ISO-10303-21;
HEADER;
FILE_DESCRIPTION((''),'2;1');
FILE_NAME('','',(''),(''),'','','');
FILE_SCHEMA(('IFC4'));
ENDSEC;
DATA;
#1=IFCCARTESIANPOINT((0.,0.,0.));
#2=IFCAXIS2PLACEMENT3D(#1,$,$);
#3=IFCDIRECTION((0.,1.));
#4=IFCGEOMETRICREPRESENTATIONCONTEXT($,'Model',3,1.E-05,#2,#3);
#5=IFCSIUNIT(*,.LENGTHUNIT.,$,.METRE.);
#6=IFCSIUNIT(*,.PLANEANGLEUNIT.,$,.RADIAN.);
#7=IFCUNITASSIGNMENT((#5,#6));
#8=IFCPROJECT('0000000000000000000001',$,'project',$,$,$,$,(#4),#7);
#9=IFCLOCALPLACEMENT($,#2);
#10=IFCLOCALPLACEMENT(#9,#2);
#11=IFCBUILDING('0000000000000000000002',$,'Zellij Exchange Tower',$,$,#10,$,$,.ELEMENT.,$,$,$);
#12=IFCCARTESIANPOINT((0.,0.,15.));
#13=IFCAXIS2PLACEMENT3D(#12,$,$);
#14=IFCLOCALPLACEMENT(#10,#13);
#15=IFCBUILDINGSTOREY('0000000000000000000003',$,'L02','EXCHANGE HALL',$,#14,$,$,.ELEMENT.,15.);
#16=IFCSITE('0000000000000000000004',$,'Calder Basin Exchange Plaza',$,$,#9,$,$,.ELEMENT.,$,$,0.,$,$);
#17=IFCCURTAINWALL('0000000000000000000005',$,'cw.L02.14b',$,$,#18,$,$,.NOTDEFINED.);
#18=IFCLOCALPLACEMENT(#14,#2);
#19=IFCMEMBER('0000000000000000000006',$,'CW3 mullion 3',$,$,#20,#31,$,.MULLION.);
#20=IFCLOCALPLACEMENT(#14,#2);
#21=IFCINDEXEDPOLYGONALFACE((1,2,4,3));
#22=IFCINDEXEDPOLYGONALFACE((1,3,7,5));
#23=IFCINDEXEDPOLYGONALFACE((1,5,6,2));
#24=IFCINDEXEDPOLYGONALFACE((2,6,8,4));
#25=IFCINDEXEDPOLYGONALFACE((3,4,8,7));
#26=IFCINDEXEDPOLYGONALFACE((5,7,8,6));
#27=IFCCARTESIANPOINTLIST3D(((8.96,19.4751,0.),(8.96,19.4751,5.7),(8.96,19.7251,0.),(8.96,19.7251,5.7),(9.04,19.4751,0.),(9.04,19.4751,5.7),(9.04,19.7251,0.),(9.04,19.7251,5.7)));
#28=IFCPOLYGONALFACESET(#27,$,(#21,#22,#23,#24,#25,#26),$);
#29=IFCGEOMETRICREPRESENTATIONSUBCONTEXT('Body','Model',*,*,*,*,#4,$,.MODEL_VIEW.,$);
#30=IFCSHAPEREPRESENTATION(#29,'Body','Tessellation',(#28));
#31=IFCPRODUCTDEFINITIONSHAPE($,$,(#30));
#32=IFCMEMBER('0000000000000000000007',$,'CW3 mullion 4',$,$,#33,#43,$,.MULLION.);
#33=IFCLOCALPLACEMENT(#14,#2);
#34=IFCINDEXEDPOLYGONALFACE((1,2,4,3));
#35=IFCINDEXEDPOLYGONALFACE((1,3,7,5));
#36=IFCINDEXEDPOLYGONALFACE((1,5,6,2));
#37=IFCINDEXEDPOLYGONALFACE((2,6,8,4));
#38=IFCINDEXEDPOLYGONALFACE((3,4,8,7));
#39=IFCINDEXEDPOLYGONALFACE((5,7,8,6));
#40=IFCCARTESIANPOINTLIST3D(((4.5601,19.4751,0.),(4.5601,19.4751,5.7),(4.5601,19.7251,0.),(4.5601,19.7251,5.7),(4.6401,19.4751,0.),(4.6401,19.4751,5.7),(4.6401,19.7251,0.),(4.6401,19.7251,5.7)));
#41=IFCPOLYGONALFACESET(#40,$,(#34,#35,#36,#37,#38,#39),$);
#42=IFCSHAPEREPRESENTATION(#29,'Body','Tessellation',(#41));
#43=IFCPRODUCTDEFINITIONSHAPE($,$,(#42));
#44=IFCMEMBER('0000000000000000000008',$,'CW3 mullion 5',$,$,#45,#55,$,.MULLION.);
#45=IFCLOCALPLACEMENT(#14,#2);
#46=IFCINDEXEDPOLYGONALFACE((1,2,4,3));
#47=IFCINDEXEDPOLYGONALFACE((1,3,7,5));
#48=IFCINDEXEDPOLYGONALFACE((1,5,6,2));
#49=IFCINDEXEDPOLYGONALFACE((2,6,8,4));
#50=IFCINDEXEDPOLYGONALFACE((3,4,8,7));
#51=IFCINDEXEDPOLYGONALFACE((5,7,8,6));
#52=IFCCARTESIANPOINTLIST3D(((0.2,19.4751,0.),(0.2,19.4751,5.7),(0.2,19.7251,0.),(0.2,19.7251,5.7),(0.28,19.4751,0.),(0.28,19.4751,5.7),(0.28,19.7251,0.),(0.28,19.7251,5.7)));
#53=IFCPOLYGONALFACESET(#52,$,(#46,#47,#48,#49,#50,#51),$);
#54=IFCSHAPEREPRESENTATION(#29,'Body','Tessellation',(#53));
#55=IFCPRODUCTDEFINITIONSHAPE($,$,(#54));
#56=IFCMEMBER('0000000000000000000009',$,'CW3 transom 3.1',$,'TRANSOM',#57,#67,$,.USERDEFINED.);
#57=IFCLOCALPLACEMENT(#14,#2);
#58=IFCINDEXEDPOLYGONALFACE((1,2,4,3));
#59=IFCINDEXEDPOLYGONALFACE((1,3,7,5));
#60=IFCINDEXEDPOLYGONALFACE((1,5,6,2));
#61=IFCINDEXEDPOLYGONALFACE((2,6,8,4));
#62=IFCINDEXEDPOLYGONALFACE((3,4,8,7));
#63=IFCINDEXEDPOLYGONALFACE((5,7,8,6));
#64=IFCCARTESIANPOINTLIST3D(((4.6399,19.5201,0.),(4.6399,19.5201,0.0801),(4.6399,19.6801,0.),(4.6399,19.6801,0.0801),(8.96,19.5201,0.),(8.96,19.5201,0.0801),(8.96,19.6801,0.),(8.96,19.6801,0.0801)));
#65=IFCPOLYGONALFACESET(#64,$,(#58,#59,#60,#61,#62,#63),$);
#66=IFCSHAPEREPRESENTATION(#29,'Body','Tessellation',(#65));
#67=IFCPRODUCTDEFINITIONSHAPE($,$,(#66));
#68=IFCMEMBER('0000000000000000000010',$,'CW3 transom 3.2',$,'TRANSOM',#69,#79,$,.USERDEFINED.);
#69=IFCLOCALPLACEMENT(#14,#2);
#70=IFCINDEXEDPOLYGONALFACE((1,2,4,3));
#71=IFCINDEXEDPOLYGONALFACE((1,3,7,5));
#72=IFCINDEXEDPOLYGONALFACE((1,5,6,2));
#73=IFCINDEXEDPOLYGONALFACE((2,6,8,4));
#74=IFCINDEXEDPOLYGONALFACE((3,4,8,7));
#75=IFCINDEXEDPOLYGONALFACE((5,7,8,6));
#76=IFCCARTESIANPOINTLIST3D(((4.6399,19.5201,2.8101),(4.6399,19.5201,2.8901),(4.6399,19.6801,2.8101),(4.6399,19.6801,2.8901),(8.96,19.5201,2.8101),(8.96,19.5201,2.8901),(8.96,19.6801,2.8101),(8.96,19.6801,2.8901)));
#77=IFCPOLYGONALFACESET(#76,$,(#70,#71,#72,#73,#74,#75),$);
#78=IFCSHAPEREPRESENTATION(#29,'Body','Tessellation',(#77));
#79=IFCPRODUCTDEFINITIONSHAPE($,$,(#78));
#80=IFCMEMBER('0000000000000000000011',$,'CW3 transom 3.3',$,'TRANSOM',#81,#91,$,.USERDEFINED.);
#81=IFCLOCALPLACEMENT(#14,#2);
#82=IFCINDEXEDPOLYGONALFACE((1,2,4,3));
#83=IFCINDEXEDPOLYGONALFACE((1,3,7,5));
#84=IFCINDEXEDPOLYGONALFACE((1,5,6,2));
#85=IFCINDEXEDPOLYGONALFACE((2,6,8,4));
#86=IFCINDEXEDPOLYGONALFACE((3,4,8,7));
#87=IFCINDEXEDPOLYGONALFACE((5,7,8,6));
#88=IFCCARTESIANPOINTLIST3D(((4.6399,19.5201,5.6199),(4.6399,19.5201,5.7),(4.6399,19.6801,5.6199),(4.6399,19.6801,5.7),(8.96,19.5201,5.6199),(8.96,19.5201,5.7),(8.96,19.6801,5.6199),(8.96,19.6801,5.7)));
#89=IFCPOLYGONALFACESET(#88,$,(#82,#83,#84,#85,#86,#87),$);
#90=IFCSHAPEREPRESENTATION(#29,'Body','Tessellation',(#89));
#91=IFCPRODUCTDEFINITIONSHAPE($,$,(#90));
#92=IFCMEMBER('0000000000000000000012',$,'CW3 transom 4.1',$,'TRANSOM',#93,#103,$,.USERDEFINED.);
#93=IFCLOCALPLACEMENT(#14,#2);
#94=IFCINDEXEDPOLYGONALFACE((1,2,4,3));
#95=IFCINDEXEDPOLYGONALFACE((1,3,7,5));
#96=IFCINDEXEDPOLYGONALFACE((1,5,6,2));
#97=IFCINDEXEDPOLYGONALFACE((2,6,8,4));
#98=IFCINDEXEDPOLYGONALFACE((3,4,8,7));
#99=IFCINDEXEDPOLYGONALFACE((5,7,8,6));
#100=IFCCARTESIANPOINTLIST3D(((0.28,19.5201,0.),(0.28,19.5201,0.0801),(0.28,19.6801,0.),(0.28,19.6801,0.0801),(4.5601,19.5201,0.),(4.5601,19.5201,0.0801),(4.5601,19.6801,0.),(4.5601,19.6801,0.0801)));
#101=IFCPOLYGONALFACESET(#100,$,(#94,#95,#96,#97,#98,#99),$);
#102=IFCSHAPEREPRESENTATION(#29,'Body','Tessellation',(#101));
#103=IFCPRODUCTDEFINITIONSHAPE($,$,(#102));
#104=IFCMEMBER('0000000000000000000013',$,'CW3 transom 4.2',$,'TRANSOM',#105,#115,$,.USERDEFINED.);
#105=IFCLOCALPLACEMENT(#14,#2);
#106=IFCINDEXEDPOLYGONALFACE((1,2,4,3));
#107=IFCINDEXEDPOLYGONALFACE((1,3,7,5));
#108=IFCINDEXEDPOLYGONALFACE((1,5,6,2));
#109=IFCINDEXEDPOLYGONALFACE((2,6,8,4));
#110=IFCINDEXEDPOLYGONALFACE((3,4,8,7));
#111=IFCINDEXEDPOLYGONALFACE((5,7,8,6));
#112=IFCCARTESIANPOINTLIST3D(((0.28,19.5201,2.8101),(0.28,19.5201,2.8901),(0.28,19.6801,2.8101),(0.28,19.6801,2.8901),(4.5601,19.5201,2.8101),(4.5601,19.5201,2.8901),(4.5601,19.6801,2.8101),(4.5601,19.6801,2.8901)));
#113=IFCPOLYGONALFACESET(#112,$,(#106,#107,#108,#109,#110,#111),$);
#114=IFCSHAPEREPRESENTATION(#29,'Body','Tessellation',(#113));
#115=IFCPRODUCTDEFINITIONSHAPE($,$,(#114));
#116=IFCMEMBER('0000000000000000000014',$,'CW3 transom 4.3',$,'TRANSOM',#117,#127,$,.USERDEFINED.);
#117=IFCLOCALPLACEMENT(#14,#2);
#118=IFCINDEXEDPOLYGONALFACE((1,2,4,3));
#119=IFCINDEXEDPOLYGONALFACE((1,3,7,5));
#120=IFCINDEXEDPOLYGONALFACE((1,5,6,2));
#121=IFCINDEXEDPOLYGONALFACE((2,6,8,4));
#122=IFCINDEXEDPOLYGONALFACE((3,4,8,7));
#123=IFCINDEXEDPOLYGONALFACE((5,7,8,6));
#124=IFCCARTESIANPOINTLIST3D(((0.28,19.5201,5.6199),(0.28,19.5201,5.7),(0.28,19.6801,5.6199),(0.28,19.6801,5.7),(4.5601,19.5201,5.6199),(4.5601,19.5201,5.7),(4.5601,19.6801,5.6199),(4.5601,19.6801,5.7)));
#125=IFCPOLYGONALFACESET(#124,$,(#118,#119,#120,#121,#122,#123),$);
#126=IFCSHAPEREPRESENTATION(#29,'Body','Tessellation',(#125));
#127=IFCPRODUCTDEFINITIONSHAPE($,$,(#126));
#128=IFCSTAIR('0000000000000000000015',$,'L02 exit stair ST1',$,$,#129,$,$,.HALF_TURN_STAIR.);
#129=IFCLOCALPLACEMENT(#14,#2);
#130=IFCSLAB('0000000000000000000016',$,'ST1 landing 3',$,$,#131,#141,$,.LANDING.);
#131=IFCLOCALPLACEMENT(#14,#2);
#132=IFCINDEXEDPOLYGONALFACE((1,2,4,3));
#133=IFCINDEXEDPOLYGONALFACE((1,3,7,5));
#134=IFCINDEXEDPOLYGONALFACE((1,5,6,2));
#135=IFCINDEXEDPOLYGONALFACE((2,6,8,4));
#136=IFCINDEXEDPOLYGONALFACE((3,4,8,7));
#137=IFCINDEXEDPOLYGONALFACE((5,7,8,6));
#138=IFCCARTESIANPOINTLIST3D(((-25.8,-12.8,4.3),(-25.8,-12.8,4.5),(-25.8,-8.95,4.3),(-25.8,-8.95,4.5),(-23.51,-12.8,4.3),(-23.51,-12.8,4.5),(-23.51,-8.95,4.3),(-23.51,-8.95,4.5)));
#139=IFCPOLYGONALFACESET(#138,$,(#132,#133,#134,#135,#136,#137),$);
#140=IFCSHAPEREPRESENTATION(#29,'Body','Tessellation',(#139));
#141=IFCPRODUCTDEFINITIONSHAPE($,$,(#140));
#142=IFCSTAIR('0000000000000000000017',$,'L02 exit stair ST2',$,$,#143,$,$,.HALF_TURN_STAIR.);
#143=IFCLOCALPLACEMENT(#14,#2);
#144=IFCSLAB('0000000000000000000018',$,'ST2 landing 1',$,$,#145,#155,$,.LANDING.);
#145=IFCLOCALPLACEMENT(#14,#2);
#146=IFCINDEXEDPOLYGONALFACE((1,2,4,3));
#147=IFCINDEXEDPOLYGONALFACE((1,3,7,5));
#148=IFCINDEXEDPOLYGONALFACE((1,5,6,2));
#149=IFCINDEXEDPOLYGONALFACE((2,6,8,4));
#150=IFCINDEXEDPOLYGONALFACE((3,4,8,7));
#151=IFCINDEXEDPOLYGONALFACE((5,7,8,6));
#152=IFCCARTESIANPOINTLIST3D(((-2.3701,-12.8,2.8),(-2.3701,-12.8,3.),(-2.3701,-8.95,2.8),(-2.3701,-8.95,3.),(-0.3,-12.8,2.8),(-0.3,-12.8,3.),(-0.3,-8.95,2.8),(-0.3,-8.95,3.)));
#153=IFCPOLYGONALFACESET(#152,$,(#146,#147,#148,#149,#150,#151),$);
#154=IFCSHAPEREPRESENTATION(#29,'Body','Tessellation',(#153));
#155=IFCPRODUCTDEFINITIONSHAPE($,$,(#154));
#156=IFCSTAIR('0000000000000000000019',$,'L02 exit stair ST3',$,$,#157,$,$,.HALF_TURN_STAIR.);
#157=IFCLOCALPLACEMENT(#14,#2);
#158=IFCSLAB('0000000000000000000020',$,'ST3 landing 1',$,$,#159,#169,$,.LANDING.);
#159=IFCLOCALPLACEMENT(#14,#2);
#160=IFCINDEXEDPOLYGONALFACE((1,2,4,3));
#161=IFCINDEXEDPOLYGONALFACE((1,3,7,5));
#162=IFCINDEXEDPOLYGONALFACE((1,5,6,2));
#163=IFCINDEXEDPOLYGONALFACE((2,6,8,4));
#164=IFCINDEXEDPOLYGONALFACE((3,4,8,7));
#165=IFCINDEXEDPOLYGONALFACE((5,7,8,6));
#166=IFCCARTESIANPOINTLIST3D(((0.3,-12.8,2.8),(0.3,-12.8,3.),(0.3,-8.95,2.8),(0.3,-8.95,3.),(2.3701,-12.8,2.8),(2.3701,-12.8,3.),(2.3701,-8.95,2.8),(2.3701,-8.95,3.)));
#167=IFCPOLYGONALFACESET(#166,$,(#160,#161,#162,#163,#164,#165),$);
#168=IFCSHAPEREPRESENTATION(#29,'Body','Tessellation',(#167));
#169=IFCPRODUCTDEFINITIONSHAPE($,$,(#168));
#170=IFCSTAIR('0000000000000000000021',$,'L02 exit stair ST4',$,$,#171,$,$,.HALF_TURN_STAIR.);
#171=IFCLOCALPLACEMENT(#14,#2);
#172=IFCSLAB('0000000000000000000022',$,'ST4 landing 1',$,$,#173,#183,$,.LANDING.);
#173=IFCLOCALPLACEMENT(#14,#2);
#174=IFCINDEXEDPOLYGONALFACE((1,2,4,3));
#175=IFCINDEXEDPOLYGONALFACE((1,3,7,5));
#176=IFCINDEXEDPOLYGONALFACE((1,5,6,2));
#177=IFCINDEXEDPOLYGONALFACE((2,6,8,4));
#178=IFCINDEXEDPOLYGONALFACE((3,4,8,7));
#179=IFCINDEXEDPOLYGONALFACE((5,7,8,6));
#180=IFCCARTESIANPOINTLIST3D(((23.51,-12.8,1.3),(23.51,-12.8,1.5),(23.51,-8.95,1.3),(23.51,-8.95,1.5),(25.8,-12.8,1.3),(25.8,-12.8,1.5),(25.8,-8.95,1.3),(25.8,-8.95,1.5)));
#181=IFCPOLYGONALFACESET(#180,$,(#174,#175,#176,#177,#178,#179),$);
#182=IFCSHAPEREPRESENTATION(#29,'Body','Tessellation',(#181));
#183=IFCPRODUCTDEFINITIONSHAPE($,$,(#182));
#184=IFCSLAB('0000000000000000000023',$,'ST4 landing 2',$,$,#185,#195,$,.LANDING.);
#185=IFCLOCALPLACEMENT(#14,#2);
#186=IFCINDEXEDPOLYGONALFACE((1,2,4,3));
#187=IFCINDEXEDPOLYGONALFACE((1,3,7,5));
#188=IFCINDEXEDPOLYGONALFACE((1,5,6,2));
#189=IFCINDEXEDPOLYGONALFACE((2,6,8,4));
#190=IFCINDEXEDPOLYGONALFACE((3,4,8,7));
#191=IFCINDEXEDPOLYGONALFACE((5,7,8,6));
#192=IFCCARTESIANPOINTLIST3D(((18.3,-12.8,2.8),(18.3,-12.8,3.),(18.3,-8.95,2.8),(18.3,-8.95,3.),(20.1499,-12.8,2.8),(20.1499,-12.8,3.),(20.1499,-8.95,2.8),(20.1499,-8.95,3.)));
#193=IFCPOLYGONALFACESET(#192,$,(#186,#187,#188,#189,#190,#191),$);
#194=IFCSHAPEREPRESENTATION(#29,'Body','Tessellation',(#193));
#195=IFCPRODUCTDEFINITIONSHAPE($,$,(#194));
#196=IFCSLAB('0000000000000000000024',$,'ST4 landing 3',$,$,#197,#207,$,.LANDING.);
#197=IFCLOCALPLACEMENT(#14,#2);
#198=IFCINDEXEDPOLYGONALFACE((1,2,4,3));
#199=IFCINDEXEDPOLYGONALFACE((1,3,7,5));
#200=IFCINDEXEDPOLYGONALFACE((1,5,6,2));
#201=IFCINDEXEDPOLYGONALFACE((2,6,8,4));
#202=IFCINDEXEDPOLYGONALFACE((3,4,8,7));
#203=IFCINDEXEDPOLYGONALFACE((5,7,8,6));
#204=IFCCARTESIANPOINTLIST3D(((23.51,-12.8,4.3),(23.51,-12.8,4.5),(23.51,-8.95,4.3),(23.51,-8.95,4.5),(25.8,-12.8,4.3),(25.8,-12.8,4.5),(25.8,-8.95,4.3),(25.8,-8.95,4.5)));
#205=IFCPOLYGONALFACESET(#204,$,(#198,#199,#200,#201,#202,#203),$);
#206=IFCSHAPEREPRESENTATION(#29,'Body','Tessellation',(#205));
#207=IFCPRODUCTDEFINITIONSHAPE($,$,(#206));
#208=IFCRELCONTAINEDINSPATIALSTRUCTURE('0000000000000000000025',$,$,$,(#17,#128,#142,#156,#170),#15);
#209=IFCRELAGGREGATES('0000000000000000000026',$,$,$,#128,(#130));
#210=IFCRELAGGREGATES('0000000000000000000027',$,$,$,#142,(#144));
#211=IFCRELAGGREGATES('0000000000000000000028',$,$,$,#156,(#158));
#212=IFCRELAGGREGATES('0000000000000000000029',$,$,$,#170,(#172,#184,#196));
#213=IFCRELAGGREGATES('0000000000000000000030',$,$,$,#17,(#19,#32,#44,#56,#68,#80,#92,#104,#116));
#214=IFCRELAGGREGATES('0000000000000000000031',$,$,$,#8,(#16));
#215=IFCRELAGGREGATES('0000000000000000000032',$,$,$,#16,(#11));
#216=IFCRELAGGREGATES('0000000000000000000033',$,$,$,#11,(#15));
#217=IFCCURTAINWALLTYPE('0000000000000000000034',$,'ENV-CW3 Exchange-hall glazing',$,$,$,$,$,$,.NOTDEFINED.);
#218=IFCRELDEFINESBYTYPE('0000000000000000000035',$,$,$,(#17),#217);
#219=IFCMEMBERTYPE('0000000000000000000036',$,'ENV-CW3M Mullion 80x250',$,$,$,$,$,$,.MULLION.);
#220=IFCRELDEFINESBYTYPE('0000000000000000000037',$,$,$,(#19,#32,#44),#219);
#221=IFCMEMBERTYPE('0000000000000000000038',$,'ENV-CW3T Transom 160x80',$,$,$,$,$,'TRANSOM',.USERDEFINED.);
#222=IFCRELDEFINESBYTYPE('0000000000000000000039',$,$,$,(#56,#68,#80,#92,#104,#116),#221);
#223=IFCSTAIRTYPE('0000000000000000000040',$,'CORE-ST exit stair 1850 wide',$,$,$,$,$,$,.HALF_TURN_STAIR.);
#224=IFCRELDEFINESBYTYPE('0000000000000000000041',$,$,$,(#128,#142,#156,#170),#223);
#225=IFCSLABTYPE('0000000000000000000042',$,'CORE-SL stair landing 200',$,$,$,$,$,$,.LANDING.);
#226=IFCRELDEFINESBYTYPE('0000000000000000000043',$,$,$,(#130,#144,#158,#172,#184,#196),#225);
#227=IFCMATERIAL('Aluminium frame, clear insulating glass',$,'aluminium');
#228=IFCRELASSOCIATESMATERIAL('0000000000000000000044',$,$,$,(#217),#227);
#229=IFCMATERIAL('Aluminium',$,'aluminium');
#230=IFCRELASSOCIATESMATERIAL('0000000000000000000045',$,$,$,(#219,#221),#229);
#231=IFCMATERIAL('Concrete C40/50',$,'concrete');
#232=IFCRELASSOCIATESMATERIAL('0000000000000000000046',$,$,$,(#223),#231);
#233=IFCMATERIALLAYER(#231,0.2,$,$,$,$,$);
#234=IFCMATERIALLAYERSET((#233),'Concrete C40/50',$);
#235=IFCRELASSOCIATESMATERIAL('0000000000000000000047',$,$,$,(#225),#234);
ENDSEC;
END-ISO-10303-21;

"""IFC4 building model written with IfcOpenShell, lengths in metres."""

from ifc_helpers import new_model, si_unit, direction, frame, origin, origin_2d, place, context, subcontext, project, spatial, polyline, rectangle, outline, extrude, material, layer, layer_set, material_profile, profile_set, type_object, element, aggregate, save


model = new_model("IFC4")

# Units and contexts
model_context = context("Model", 3, precision=1e-05, world=origin(), true_north=direction((0.0, 1.0)))
body_context = subcontext(model_context, "Body", "Model", "MODEL_VIEW")
ifc_project = project(units=[si_unit("LENGTHUNIT", "METRE"), si_unit("PLANEANGLEUNIT", "RADIAN")], contexts=[model_context])

# Site, building, storey
site_placement = place(None, origin())
site = spatial("IfcSite", under=ifc_project, at=site_placement, Name="Calder Basin Exchange Plaza", CompositionType="ELEMENT", RefElevation=0.0)
building_placement = place(site_placement, origin())
building = spatial("IfcBuilding", under=site, at=building_placement, Name="Zellij Exchange Tower", CompositionType="ELEMENT")
storey_placement = place(building_placement, frame((0.0, 0.0, 15.0)))
storey = spatial("IfcBuildingStorey", under=building, at=storey_placement, Name="L02", Description="EXCHANGE HALL", CompositionType="ELEMENT", Elevation=15.0)

# Curtain wall, members
ifc_material_1 = material(Name="Aluminium frame, clear insulating glass", Category="aluminium")
curtain_wall_type = type_object("IfcCurtainWallType", Name="ENV-CW3 Exchange-hall glazing", PredefinedType="NOTDEFINED", material=ifc_material_1)
curtain_wall_placement = place(storey_placement, origin())
curtain_wall = element("IfcCurtainWall", 1, at=curtain_wall_placement, inside=storey, type_object=curtain_wall_type, Name="cw.L02.14b", PredefinedType="NOTDEFINED")
ifc_material_2 = material(Name="Aluminium", Category="aluminium")
ifc_material_profile_1 = material_profile(ifc_material_2, rectangle(XDim=0.0801, YDim=0.25, at=origin_2d()), Name="AL 80x250")
ifc_profile_set_1 = profile_set([ifc_material_profile_1], Name="Aluminium")
member_type_1 = type_object("IfcMemberType", Name="ENV-CW3M Mullion 80x250", PredefinedType="MULLION", material=ifc_profile_set_1)
member_1_placement = place(storey_placement, frame((9.0, 19.6001, 0.0), z_axis=(0.0, 0.0, 1.0), x_axis=(-1.0, 0.0, 0.0)))
member_1 = element("IfcMember", 2, at=member_1_placement, type_object=member_type_1, Name="CW3 mullion 3", PredefinedType="MULLION", context=body_context, shape_type="SweptSolid", body=[
    extrude(rectangle(XDim=0.0801, YDim=0.25, at=origin_2d()), origin(), (0.0, 0.0, 1.0), 5.7),
])
member_2_placement = place(storey_placement, frame((4.6001, 19.6001, 0.0), z_axis=(0.0, 0.0, 1.0), x_axis=(-1.0, 0.0, 0.0)))
member_2 = element("IfcMember", 3, at=member_2_placement, type_object=member_type_1, Name="CW3 mullion 4", PredefinedType="MULLION", context=body_context, shape_type="SweptSolid", body=[
    extrude(rectangle(XDim=0.0801, YDim=0.25, at=origin_2d()), origin(), (0.0, 0.0, 1.0), 5.7),
])
member_3_placement = place(storey_placement, frame((0.24, 19.6001, 0.0), z_axis=(0.0, 0.0, 1.0), x_axis=(-1.0, 0.0, 0.0)))
member_3 = element("IfcMember", 4, at=member_3_placement, type_object=member_type_1, Name="CW3 mullion 5", PredefinedType="MULLION", context=body_context, shape_type="SweptSolid", body=[
    extrude(rectangle(XDim=0.0801, YDim=0.25, at=origin_2d()), origin(), (0.0, 0.0, 1.0), 5.7),
])
ifc_material_profile_2 = material_profile(ifc_material_2, rectangle(XDim=0.1599, YDim=0.0801, at=origin_2d()), Name="AL 160x80")
ifc_profile_set_2 = profile_set([ifc_material_profile_2], Name="Aluminium")
member_type_2 = type_object("IfcMemberType", Name="ENV-CW3T Transom 160x80", ElementType="TRANSOM", PredefinedType="USERDEFINED", material=ifc_profile_set_2)
member_4_placement = place(storey_placement, frame((8.96, 19.6001, 0.04), z_axis=(-1.0, 0.0, 0.0), x_axis=(0.0, -1.0, 0.0)))
member_4 = element("IfcMember", 5, at=member_4_placement, type_object=member_type_2, Name="CW3 transom 3.1", ObjectType="TRANSOM", PredefinedType="USERDEFINED", context=body_context, shape_type="SweptSolid", body=[
    extrude(rectangle(XDim=0.1599, YDim=0.0801, at=origin_2d()), origin(), (0.0, 0.0, 1.0), 4.3201),
])
member_5_placement = place(storey_placement, frame((8.96, 19.6001, 2.8501), z_axis=(-1.0, 0.0, 0.0), x_axis=(0.0, -1.0, 0.0)))
member_5 = element("IfcMember", 6, at=member_5_placement, type_object=member_type_2, Name="CW3 transom 3.2", ObjectType="TRANSOM", PredefinedType="USERDEFINED", context=body_context, shape_type="SweptSolid", body=[
    extrude(rectangle(XDim=0.1599, YDim=0.0801, at=origin_2d()), origin(), (0.0, 0.0, 1.0), 4.3201),
])
member_6_placement = place(storey_placement, frame((8.96, 19.6001, 5.6599), z_axis=(-1.0, 0.0, 0.0), x_axis=(0.0, -1.0, 0.0)))
member_6 = element("IfcMember", 7, at=member_6_placement, type_object=member_type_2, Name="CW3 transom 3.3", ObjectType="TRANSOM", PredefinedType="USERDEFINED", context=body_context, shape_type="SweptSolid", body=[
    extrude(rectangle(XDim=0.1599, YDim=0.0801, at=origin_2d()), origin(), (0.0, 0.0, 1.0), 4.3201),
])
member_7_placement = place(storey_placement, frame((4.5601, 19.6001, 0.04), z_axis=(-1.0, 0.0, 0.0), x_axis=(0.0, -1.0, 0.0)))
member_7 = element("IfcMember", 8, at=member_7_placement, type_object=member_type_2, Name="CW3 transom 4.1", ObjectType="TRANSOM", PredefinedType="USERDEFINED", context=body_context, shape_type="SweptSolid", body=[
    extrude(rectangle(XDim=0.1599, YDim=0.0801, at=origin_2d()), origin(), (0.0, 0.0, 1.0), 4.28),
])
member_8_placement = place(storey_placement, frame((4.5601, 19.6001, 2.8501), z_axis=(-1.0, 0.0, 0.0), x_axis=(0.0, -1.0, 0.0)))
member_8 = element("IfcMember", 9, at=member_8_placement, type_object=member_type_2, Name="CW3 transom 4.2", ObjectType="TRANSOM", PredefinedType="USERDEFINED", context=body_context, shape_type="SweptSolid", body=[
    extrude(rectangle(XDim=0.1599, YDim=0.0801, at=origin_2d()), origin(), (0.0, 0.0, 1.0), 4.28),
])
member_9_placement = place(storey_placement, frame((4.5601, 19.6001, 5.6599), z_axis=(-1.0, 0.0, 0.0), x_axis=(0.0, -1.0, 0.0)))
member_9 = element("IfcMember", 10, at=member_9_placement, type_object=member_type_2, Name="CW3 transom 4.3", ObjectType="TRANSOM", PredefinedType="USERDEFINED", context=body_context, shape_type="SweptSolid", body=[
    extrude(rectangle(XDim=0.1599, YDim=0.0801, at=origin_2d()), origin(), (0.0, 0.0, 1.0), 4.28),
])

# Stairs, slabs
ifc_material_3 = material(Name="Concrete C40/50", Category="concrete")
stair_type = type_object("IfcStairType", Name="CORE-ST exit stair 1850 wide", PredefinedType="HALF_TURN_STAIR", material=ifc_material_3)
stair_1_placement = place(storey_placement, origin())
stair_1 = element("IfcStair", 11, at=stair_1_placement, inside=storey, type_object=stair_type, Name="L02 exit stair ST1", PredefinedType="HALF_TURN_STAIR")
ifc_layer_1 = layer(ifc_material_3, 0.2)
ifc_layer_set_1 = layer_set([ifc_layer_1], Name="Concrete C40/50")
slab_type = type_object("IfcSlabType", Name="CORE-SL stair landing 200", PredefinedType="LANDING", material=ifc_layer_set_1)
slab_1_placement = place(storey_placement, frame((0.0, 0.0, 4.3)))
slab_1 = element("IfcSlab", 12, at=slab_1_placement, type_object=slab_type, Name="ST1 landing 3", PredefinedType="LANDING", context=body_context, shape_type="SweptSolid", body=[
    extrude(outline(polyline([(-23.51, -8.95), (-25.8, -8.95), (-25.8, -12.8), (-23.51, -12.8), (-23.51, -8.95)])), origin(), (0.0, 0.0, 1.0), 0.2),
])
aggregate(stair_1, [slab_1])
stair_2_placement = place(storey_placement, origin())
stair_2 = element("IfcStair", 13, at=stair_2_placement, inside=storey, type_object=stair_type, Name="L02 exit stair ST2", PredefinedType="HALF_TURN_STAIR")
slab_2_placement = place(storey_placement, frame((0.0, 0.0, 2.8)))
slab_2 = element("IfcSlab", 14, at=slab_2_placement, type_object=slab_type, Name="ST2 landing 1", PredefinedType="LANDING", context=body_context, shape_type="SweptSolid", body=[
    extrude(outline(polyline([(-2.3701, -12.8), (-0.3, -12.8), (-0.3, -8.95), (-2.3701, -8.95), (-2.3701, -12.8)])), origin(), (0.0, 0.0, 1.0), 0.2),
])
aggregate(stair_2, [slab_2])
stair_3_placement = place(storey_placement, origin())
stair_3 = element("IfcStair", 15, at=stair_3_placement, inside=storey, type_object=stair_type, Name="L02 exit stair ST3", PredefinedType="HALF_TURN_STAIR")
slab_3_placement = place(storey_placement, frame((0.0, 0.0, 2.8)))
slab_3 = element("IfcSlab", 16, at=slab_3_placement, type_object=slab_type, Name="ST3 landing 1", PredefinedType="LANDING", context=body_context, shape_type="SweptSolid", body=[
    extrude(outline(polyline([(2.3701, -8.95), (0.3, -8.95), (0.3, -12.8), (2.3701, -12.8), (2.3701, -8.95)])), origin(), (0.0, 0.0, 1.0), 0.2),
])
aggregate(stair_3, [slab_3])

# Stair, slabs
stair_4_placement = place(storey_placement, origin())
stair_4 = element("IfcStair", 17, at=stair_4_placement, inside=storey, type_object=stair_type, Name="L02 exit stair ST4", PredefinedType="HALF_TURN_STAIR")
slab_4_placement = place(storey_placement, frame((0.0, 0.0, 1.3)))
slab_4 = element("IfcSlab", 18, at=slab_4_placement, type_object=slab_type, Name="ST4 landing 1", PredefinedType="LANDING", context=body_context, shape_type="SweptSolid", body=[
    extrude(outline(polyline([(23.51, -12.8), (25.8, -12.8), (25.8, -8.95), (23.51, -8.95), (23.51, -12.8)])), origin(), (0.0, 0.0, 1.0), 0.2),
])
slab_5_placement = place(storey_placement, frame((0.0, 0.0, 2.8)))
slab_5 = element("IfcSlab", 19, at=slab_5_placement, type_object=slab_type, Name="ST4 landing 2", PredefinedType="LANDING", context=body_context, shape_type="SweptSolid", body=[
    extrude(outline(polyline([(18.3, -12.8), (20.1499, -12.8), (20.1499, -8.95), (18.3, -8.95), (18.3, -12.8)])), origin(), (0.0, 0.0, 1.0), 0.2),
])
slab_6_placement = place(storey_placement, frame((0.0, 0.0, 4.3)))
slab_6 = element("IfcSlab", 20, at=slab_6_placement, type_object=slab_type, Name="ST4 landing 3", PredefinedType="LANDING", context=body_context, shape_type="SweptSolid", body=[
    extrude(outline(polyline([(23.51, -12.8), (25.8, -12.8), (25.8, -8.95), (23.51, -8.95), (23.51, -12.8)])), origin(), (0.0, 0.0, 1.0), 0.2),
])
aggregate(stair_4, [slab_4, slab_5, slab_6])

aggregate(curtain_wall, [member_1, member_2, member_3, member_4, member_5, member_6, member_7, member_8, member_9])

save(model, "model.ifc")
